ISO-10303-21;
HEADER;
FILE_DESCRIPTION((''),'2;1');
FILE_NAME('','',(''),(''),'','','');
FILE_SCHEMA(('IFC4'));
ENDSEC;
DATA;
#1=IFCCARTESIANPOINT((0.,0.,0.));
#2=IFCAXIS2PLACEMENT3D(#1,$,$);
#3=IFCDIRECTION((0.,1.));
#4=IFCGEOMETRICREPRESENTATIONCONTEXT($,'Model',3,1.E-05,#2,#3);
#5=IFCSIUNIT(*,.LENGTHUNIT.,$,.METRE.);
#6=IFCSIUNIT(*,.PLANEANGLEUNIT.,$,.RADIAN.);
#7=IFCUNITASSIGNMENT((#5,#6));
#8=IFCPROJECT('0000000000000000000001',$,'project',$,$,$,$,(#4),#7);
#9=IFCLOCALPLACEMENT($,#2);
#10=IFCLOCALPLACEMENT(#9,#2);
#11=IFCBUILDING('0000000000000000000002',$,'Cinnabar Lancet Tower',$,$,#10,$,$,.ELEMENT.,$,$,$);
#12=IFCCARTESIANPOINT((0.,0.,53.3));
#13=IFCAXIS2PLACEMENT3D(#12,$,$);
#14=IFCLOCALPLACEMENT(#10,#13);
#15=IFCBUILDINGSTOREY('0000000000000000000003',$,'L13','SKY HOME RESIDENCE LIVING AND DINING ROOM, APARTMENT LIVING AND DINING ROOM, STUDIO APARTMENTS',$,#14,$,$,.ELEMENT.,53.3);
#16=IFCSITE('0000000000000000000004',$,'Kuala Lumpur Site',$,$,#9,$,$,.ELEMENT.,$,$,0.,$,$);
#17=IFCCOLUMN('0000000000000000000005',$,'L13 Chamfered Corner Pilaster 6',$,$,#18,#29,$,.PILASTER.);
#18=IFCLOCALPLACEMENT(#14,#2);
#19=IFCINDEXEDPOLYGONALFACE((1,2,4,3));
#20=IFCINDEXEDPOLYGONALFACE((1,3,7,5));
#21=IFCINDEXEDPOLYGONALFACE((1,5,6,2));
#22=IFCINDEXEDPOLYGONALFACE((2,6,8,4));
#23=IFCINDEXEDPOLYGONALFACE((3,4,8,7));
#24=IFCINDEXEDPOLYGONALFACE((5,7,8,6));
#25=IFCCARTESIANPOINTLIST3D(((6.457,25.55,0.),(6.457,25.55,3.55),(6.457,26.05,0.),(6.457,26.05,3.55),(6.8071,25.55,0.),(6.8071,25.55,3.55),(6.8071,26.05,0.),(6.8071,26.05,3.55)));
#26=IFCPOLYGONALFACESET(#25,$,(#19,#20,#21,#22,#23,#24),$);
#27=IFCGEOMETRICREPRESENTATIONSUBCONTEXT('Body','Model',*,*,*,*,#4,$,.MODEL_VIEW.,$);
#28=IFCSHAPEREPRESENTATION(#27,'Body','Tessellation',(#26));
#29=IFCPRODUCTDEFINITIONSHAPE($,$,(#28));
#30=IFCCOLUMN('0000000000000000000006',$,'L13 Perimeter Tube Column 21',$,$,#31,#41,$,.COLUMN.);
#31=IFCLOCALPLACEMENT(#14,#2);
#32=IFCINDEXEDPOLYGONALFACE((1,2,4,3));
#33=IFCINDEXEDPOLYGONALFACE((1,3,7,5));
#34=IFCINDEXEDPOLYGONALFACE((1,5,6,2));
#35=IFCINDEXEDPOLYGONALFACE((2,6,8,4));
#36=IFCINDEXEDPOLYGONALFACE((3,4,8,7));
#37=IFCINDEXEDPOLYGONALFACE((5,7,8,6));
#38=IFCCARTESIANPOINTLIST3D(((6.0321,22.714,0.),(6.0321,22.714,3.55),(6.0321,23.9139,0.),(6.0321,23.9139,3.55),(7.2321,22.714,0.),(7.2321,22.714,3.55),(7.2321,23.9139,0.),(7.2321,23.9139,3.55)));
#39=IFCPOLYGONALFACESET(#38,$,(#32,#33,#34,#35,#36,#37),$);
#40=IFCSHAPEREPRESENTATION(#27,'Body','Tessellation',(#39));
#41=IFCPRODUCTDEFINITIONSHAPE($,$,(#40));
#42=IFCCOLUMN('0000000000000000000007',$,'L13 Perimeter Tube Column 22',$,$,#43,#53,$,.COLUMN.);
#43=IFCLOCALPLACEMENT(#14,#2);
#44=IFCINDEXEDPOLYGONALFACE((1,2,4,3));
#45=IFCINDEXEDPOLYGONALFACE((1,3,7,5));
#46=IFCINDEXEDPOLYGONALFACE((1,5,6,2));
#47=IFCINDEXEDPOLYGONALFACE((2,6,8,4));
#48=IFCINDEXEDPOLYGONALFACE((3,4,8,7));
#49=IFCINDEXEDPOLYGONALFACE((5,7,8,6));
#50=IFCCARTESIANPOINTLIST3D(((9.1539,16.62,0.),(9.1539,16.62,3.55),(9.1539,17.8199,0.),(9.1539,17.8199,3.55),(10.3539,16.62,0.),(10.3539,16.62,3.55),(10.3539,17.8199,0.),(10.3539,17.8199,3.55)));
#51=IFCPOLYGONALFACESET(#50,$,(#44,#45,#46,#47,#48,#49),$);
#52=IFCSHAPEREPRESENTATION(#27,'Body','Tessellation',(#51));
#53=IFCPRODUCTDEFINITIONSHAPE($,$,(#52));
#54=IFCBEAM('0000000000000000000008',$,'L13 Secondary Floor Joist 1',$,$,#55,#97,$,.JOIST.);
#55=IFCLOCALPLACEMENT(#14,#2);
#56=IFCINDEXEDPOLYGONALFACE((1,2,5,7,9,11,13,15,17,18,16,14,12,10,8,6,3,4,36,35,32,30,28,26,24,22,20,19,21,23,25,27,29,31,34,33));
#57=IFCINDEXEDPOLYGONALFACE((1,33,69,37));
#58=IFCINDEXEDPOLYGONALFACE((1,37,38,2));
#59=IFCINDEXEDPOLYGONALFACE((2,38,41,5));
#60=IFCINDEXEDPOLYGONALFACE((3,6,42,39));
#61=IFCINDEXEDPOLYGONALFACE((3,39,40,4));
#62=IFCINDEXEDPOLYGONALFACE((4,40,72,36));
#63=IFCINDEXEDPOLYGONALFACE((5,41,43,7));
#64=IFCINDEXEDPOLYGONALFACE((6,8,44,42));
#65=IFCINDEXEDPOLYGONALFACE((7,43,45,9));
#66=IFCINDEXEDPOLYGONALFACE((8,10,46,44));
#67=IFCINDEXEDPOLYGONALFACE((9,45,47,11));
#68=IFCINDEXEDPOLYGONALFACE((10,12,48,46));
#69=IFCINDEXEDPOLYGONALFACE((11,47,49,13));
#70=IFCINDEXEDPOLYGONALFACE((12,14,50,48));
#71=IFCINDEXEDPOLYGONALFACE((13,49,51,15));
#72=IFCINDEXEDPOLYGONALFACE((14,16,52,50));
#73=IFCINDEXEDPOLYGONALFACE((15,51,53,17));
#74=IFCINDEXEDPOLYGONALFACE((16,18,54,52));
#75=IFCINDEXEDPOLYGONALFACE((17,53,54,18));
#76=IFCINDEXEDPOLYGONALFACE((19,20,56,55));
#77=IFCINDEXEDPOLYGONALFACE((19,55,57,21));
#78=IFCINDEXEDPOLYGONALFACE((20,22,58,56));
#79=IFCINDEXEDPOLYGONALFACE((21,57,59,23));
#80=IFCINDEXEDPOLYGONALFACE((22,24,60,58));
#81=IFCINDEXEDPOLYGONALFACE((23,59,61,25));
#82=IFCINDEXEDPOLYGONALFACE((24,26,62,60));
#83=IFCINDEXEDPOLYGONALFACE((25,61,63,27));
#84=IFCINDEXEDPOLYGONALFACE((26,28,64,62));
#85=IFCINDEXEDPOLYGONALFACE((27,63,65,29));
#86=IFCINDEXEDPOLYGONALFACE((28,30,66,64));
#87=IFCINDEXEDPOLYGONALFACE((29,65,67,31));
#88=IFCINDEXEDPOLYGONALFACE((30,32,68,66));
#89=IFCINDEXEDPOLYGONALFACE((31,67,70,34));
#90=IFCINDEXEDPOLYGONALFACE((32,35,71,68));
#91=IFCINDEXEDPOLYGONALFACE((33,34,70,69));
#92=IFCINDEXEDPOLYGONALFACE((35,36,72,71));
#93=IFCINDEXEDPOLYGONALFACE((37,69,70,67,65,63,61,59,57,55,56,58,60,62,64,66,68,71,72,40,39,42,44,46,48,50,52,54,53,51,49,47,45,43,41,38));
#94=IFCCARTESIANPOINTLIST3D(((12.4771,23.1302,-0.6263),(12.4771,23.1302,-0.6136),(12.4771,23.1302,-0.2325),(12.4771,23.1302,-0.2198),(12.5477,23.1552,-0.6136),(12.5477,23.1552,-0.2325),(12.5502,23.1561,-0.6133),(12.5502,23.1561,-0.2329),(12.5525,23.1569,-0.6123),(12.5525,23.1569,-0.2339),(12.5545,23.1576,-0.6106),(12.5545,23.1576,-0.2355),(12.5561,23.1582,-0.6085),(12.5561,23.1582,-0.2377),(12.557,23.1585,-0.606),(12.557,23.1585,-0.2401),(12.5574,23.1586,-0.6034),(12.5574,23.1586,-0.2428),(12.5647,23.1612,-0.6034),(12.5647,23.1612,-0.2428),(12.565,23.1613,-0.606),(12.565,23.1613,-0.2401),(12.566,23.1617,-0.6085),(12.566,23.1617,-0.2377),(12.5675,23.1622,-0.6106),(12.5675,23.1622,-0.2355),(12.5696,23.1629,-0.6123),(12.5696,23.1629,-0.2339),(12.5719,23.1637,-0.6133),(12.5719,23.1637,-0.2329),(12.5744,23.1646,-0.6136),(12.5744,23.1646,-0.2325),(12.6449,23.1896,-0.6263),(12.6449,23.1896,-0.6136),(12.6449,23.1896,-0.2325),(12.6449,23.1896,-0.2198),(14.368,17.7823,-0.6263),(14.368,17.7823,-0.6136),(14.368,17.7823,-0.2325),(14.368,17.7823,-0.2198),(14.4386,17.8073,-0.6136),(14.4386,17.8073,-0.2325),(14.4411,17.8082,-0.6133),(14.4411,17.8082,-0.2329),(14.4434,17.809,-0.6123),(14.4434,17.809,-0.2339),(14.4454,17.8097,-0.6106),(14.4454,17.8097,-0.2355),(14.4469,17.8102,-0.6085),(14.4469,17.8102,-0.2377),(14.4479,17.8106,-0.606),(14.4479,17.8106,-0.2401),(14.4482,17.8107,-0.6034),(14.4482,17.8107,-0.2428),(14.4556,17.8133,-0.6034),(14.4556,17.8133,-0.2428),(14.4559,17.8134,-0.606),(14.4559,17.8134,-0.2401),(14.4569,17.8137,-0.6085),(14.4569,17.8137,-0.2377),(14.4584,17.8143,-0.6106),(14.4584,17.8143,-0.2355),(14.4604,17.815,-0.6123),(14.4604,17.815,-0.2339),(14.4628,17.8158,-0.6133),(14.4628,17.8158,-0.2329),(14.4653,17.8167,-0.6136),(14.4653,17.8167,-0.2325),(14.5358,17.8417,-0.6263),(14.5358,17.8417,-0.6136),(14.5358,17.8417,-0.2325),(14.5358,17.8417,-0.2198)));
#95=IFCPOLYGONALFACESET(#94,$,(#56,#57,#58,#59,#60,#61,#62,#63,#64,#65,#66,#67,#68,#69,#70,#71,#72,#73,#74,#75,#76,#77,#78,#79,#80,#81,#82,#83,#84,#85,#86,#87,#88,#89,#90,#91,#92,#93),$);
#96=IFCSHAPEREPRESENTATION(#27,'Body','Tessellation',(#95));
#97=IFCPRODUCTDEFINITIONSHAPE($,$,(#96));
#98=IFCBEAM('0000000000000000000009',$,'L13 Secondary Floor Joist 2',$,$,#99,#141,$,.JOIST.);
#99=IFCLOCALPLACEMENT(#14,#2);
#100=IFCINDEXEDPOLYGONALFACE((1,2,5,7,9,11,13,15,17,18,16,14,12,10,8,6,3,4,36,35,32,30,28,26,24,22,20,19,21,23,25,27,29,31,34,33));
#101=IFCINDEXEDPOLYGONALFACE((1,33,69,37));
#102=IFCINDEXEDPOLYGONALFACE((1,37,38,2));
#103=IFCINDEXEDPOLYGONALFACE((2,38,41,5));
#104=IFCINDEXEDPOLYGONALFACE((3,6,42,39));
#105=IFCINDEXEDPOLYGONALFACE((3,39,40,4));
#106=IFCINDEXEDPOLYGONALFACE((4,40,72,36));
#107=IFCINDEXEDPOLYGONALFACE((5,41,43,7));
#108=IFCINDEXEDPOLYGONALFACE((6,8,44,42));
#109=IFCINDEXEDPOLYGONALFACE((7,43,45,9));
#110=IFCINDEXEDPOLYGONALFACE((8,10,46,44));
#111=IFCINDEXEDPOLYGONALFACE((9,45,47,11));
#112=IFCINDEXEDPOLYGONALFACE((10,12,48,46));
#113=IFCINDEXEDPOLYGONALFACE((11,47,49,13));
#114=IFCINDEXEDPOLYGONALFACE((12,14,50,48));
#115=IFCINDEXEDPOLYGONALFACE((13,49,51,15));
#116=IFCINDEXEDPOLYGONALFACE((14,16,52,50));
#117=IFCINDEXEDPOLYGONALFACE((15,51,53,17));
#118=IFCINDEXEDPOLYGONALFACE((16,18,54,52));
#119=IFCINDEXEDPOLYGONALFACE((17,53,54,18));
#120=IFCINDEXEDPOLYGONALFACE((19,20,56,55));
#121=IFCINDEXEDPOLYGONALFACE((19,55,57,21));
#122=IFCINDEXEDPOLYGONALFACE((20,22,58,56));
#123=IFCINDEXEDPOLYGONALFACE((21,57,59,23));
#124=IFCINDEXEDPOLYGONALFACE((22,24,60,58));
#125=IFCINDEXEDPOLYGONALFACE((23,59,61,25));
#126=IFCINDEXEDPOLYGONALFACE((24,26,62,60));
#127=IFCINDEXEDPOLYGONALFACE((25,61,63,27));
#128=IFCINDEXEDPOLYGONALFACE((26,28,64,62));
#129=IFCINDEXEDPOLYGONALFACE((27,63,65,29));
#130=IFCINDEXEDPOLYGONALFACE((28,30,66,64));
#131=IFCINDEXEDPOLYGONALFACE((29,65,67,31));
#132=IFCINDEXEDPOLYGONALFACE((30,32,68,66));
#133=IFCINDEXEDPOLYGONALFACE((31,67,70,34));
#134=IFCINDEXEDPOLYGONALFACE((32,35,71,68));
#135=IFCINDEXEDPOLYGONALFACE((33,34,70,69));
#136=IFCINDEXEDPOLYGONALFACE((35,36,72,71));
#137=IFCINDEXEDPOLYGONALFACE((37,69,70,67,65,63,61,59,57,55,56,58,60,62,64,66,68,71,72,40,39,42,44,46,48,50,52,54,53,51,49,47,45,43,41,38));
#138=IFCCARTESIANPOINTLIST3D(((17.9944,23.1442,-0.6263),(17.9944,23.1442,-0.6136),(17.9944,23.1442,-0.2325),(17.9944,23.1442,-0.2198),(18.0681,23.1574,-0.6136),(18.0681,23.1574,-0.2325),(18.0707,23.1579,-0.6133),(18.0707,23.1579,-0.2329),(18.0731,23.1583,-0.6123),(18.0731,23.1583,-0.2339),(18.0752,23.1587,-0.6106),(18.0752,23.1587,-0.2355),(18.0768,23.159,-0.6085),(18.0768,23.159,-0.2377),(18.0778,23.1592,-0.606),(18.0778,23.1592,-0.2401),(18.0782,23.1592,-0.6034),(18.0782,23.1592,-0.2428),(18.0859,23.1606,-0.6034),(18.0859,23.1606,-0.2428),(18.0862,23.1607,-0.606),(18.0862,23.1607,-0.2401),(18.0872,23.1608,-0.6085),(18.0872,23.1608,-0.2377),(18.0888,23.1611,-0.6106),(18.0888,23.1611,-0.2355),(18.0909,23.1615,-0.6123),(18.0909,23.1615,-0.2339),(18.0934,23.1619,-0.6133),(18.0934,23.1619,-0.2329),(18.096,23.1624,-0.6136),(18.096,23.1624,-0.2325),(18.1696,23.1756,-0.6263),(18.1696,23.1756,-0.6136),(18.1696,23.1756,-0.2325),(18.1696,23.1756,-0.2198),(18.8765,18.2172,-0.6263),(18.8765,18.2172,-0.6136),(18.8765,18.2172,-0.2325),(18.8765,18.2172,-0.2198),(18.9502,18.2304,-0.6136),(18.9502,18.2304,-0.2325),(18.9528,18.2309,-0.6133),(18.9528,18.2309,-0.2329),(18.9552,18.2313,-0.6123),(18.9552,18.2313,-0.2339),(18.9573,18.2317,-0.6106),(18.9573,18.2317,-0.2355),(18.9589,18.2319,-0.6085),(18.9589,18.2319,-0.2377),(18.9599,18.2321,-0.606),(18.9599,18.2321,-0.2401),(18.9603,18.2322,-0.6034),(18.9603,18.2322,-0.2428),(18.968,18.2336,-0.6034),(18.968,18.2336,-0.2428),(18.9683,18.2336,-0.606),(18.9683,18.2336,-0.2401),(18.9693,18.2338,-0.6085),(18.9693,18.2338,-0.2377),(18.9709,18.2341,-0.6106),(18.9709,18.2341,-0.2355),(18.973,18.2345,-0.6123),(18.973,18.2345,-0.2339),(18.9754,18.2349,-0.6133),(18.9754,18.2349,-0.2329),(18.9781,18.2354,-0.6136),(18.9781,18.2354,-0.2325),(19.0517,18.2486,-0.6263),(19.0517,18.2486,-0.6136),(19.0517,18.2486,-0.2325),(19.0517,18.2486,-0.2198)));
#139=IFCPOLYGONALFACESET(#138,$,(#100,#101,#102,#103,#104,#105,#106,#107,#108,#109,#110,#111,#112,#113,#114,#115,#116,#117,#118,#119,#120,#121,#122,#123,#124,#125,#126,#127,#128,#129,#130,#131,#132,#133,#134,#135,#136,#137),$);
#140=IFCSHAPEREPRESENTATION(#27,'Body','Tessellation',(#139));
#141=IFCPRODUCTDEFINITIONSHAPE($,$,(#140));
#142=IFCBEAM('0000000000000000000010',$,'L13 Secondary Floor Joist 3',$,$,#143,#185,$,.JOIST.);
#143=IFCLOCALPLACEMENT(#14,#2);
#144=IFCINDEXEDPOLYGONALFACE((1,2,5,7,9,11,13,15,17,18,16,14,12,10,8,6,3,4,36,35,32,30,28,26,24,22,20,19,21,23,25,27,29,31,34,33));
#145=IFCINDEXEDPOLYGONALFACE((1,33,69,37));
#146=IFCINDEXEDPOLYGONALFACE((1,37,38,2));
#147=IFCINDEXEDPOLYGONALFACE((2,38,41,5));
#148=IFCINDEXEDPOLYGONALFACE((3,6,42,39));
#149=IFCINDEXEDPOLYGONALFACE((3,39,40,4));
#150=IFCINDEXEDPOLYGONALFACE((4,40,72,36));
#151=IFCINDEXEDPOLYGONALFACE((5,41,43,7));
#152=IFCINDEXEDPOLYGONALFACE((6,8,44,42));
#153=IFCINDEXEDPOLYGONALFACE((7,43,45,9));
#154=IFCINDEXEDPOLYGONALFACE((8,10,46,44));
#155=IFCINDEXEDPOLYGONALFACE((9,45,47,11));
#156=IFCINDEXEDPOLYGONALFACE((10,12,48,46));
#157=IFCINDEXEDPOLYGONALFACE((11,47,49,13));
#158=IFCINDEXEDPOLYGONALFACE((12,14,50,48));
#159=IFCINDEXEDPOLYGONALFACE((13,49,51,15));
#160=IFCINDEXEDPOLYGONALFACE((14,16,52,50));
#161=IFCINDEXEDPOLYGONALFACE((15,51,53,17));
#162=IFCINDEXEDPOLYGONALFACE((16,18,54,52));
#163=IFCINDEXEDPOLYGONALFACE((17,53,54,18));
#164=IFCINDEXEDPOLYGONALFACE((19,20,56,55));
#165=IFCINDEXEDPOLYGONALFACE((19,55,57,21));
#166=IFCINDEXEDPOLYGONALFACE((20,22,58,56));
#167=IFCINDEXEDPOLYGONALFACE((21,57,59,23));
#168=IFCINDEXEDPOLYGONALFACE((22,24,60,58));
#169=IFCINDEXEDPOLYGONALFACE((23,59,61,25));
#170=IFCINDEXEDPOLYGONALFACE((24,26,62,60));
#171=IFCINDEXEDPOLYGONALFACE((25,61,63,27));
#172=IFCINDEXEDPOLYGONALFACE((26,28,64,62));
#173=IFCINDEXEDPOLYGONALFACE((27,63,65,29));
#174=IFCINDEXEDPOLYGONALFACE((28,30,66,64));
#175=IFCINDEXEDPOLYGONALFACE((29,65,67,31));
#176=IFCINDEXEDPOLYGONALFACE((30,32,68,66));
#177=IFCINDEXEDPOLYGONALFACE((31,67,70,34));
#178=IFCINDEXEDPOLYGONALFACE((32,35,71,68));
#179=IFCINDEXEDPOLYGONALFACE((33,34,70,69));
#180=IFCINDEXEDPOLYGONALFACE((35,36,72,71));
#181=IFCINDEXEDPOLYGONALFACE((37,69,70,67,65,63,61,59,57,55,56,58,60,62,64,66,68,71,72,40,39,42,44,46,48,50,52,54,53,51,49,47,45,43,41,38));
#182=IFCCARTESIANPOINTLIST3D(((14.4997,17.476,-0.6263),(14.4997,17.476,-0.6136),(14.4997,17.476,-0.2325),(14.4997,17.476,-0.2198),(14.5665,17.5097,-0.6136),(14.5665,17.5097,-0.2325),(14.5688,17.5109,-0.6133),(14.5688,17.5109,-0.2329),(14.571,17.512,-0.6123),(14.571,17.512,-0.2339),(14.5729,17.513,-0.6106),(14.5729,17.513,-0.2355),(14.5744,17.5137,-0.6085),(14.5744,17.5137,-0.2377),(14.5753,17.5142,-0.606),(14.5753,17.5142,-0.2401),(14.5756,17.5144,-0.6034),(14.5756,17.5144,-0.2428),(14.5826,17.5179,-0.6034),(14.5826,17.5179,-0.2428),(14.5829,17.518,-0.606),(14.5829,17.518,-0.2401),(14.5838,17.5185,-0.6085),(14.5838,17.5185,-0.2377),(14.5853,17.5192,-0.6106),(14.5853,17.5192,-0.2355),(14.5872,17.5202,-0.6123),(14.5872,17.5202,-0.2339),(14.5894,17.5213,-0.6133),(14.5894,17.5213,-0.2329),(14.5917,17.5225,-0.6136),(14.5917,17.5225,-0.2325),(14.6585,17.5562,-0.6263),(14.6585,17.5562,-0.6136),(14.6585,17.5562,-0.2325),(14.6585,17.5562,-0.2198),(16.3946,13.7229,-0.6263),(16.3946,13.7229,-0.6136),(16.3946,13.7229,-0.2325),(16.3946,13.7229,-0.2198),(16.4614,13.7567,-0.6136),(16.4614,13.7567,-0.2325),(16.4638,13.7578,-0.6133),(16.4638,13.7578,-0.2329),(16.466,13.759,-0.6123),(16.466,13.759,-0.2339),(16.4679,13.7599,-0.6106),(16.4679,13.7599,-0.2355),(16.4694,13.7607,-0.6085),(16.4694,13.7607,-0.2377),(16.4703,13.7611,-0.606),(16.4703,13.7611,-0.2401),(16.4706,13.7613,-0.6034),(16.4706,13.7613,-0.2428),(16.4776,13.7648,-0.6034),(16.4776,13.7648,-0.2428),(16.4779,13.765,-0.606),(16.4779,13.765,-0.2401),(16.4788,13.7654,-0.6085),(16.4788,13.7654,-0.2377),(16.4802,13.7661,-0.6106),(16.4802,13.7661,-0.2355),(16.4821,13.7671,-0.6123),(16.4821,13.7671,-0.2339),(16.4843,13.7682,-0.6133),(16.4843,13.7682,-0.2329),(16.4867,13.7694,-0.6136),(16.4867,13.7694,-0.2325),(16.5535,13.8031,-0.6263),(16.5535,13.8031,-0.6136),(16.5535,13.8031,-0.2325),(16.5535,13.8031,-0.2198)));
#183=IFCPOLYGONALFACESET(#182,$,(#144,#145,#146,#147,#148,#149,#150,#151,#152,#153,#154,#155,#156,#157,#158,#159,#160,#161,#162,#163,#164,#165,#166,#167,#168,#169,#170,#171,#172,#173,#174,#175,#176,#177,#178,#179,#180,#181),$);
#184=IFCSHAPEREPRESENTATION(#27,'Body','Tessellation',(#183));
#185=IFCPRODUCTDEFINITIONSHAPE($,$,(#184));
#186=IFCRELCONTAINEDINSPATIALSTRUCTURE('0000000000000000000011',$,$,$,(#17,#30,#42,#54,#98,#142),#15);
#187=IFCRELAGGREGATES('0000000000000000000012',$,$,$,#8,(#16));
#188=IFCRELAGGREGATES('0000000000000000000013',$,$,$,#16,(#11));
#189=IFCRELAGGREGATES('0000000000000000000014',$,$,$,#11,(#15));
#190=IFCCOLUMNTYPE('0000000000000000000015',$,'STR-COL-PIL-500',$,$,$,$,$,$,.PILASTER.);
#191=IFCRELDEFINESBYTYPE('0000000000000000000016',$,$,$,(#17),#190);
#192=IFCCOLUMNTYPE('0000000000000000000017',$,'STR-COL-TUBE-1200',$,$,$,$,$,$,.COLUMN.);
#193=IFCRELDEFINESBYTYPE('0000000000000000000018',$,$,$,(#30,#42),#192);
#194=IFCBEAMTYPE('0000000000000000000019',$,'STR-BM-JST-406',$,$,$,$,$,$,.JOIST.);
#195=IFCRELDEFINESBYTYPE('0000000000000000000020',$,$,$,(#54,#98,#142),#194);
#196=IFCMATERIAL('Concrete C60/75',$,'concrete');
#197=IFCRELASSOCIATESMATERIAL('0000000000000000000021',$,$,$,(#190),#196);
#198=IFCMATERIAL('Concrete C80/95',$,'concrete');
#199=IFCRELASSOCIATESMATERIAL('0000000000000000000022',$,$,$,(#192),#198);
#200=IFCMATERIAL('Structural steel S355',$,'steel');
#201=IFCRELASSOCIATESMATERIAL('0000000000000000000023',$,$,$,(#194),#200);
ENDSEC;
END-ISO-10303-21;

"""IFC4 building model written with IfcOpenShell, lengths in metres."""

from ifc_helpers import new_model, si_unit, direction, frame, origin, origin_2d, place, context, subcontext, project, spatial, rectangle, i_section, extrude, material, material_profile, profile_set, type_object, element, save


model = new_model("IFC4")

# Units and contexts
model_context = context("Model", 3, precision=1e-05, world=origin(), true_north=direction((0.0, 1.0)))
body_context = subcontext(model_context, "Body", "Model", "MODEL_VIEW")
ifc_project = project(units=[si_unit("LENGTHUNIT", "METRE"), si_unit("PLANEANGLEUNIT", "RADIAN")], contexts=[model_context])

# Site, building, storey
site_placement = place(None, origin())
site = spatial("IfcSite", under=ifc_project, at=site_placement, Name="Kuala Lumpur Site", CompositionType="ELEMENT", RefElevation=0.0)
building_placement = place(site_placement, origin())
building = spatial("IfcBuilding", under=site, at=building_placement, Name="Cinnabar Lancet Tower", CompositionType="ELEMENT")
storey_placement = place(building_placement, frame((0.0, 0.0, 53.3)))
storey = spatial("IfcBuildingStorey", under=building, at=storey_placement, Name="L13", Description="SKY HOME RESIDENCE LIVING AND DINING ROOM, APARTMENT LIVING AND DINING ROOM, STUDIO APARTMENTS", CompositionType="ELEMENT", Elevation=53.3)

# Columns
ifc_material_1 = material(Name="Concrete C60/75", Category="concrete")
ifc_material_profile_1 = material_profile(ifc_material_1, rectangle(XDim=0.5, YDim=0.3501, at=origin_2d()), Name="RC-PIL 500x350")
ifc_profile_set_1 = profile_set([ifc_material_profile_1], Name="Concrete C60/75")
column_type_1 = type_object("IfcColumnType", Name="STR-COL-PIL-500", PredefinedType="PILASTER", material=ifc_profile_set_1)
column_placement = place(storey_placement, frame((6.6321, 25.8, 0.0), z_axis=(0.0, 0.0, 1.0), x_axis=(0.0, -1.0, 0.0)))
element("IfcColumn", 1, at=column_placement, inside=storey, type_object=column_type_1, Name="L13 Chamfered Corner Pilaster 6", PredefinedType="PILASTER", context=body_context, shape_type="SweptSolid", body=[
    extrude(rectangle(XDim=0.5, YDim=0.3501, at=origin_2d()), origin(), (0.0, 0.0, 1.0), 3.55),
])
ifc_material_2 = material(Name="Concrete C80/95", Category="concrete")
ifc_material_profile_2 = material_profile(ifc_material_2, rectangle(XDim=1.2, YDim=1.2, at=origin_2d()), Name="RC-COL 1200x1200")
ifc_profile_set_2 = profile_set([ifc_material_profile_2], Name="Concrete C80/95")
column_type_2 = type_object("IfcColumnType", Name="STR-COL-TUBE-1200", PredefinedType="COLUMN", material=ifc_profile_set_2)
for number, where, z_axis, x_axis, name in (
    (2, (6.6321, 23.314, 0.0), (0.0, 0.0, 1.0), (1.0, 0.0, 0.0), "L13 Perimeter Tube Column 21"),
    (3, (9.7539, 17.22, 0.0), (0.0, 0.0, 1.0), (1.0, 0.0, 0.0), "L13 Perimeter Tube Column 22"),
):
    element("IfcColumn", number, at=place(storey_placement, frame(where, z_axis=z_axis, x_axis=x_axis)), inside=storey, type_object=column_type_2, Name=name, PredefinedType="COLUMN", context=body_context, shape_type="SweptSolid", body=[
        extrude(rectangle(XDim=1.2, YDim=1.2, at=origin_2d()), origin(), (0.0, 0.0, 1.0), 3.55),
    ])

# Beams
ifc_material_3 = material(Name="Structural steel S355", Category="steel")
ifc_material_profile_3 = material_profile(ifc_material_3, i_section(OverallWidth=0.178, OverallDepth=0.4065, WebThickness=0.0078, FlangeThickness=0.0127, FilletRadius=0.0103, at=origin_2d()), Name="UKB 406x178x60")
ifc_profile_set_3 = profile_set([ifc_material_profile_3], Name="Structural steel S355")
beam_type_1 = type_object("IfcBeamType", Name="STR-BM-JST-406", PredefinedType="JOIST", material=ifc_profile_set_3)
beam_1_placement = place(storey_placement, frame((12.561, 23.1599, -0.4231), z_axis=(0.333349, -0.942803, 0.0), x_axis=(0.942803, 0.333349, 0.0)))
element("IfcBeam", 4, at=beam_1_placement, inside=storey, type_object=beam_type_1, Name="L13 Secondary Floor Joist 1", PredefinedType="JOIST", context=body_context, shape_type="SweptSolid", body=[
    extrude(i_section(OverallWidth=0.178, OverallDepth=0.4065, WebThickness=0.0078, FlangeThickness=0.0127, FilletRadius=0.0103, at=origin_2d()), origin(), (0.0, 0.0, 1.0), 5.6724),
])
beam_2_placement = place(storey_placement, frame((18.082, 23.1599, -0.4231), z_axis=(0.176228, -0.984349, 0.0), x_axis=(0.984349, 0.176228, 0.0)))
element("IfcBeam", 5, at=beam_2_placement, inside=storey, type_object=beam_type_1, Name="L13 Secondary Floor Joist 2", PredefinedType="JOIST", context=body_context, shape_type="SweptSolid", body=[
    extrude(i_section(OverallWidth=0.178, OverallDepth=0.4065, WebThickness=0.0078, FlangeThickness=0.0127, FilletRadius=0.0103, at=origin_2d()), origin(), (0.0, 0.0, 1.0), 5.0054),
])
beam_3_placement = place(storey_placement, frame((14.5791, 17.5161, -0.4231), z_axis=(0.450717, -0.892667, 0.0), x_axis=(0.892667, 0.450717, 0.0)))
element("IfcBeam", 6, at=beam_3_placement, inside=storey, type_object=beam_type_1, Name="L13 Secondary Floor Joist 3", PredefinedType="JOIST", context=body_context, shape_type="SweptSolid", body=[
    extrude(i_section(OverallWidth=0.178, OverallDepth=0.4065, WebThickness=0.0078, FlangeThickness=0.0127, FilletRadius=0.0103, at=origin_2d()), origin(), (0.0, 0.0, 1.0), 4.2043),
])

save(model, "model.ifc")
